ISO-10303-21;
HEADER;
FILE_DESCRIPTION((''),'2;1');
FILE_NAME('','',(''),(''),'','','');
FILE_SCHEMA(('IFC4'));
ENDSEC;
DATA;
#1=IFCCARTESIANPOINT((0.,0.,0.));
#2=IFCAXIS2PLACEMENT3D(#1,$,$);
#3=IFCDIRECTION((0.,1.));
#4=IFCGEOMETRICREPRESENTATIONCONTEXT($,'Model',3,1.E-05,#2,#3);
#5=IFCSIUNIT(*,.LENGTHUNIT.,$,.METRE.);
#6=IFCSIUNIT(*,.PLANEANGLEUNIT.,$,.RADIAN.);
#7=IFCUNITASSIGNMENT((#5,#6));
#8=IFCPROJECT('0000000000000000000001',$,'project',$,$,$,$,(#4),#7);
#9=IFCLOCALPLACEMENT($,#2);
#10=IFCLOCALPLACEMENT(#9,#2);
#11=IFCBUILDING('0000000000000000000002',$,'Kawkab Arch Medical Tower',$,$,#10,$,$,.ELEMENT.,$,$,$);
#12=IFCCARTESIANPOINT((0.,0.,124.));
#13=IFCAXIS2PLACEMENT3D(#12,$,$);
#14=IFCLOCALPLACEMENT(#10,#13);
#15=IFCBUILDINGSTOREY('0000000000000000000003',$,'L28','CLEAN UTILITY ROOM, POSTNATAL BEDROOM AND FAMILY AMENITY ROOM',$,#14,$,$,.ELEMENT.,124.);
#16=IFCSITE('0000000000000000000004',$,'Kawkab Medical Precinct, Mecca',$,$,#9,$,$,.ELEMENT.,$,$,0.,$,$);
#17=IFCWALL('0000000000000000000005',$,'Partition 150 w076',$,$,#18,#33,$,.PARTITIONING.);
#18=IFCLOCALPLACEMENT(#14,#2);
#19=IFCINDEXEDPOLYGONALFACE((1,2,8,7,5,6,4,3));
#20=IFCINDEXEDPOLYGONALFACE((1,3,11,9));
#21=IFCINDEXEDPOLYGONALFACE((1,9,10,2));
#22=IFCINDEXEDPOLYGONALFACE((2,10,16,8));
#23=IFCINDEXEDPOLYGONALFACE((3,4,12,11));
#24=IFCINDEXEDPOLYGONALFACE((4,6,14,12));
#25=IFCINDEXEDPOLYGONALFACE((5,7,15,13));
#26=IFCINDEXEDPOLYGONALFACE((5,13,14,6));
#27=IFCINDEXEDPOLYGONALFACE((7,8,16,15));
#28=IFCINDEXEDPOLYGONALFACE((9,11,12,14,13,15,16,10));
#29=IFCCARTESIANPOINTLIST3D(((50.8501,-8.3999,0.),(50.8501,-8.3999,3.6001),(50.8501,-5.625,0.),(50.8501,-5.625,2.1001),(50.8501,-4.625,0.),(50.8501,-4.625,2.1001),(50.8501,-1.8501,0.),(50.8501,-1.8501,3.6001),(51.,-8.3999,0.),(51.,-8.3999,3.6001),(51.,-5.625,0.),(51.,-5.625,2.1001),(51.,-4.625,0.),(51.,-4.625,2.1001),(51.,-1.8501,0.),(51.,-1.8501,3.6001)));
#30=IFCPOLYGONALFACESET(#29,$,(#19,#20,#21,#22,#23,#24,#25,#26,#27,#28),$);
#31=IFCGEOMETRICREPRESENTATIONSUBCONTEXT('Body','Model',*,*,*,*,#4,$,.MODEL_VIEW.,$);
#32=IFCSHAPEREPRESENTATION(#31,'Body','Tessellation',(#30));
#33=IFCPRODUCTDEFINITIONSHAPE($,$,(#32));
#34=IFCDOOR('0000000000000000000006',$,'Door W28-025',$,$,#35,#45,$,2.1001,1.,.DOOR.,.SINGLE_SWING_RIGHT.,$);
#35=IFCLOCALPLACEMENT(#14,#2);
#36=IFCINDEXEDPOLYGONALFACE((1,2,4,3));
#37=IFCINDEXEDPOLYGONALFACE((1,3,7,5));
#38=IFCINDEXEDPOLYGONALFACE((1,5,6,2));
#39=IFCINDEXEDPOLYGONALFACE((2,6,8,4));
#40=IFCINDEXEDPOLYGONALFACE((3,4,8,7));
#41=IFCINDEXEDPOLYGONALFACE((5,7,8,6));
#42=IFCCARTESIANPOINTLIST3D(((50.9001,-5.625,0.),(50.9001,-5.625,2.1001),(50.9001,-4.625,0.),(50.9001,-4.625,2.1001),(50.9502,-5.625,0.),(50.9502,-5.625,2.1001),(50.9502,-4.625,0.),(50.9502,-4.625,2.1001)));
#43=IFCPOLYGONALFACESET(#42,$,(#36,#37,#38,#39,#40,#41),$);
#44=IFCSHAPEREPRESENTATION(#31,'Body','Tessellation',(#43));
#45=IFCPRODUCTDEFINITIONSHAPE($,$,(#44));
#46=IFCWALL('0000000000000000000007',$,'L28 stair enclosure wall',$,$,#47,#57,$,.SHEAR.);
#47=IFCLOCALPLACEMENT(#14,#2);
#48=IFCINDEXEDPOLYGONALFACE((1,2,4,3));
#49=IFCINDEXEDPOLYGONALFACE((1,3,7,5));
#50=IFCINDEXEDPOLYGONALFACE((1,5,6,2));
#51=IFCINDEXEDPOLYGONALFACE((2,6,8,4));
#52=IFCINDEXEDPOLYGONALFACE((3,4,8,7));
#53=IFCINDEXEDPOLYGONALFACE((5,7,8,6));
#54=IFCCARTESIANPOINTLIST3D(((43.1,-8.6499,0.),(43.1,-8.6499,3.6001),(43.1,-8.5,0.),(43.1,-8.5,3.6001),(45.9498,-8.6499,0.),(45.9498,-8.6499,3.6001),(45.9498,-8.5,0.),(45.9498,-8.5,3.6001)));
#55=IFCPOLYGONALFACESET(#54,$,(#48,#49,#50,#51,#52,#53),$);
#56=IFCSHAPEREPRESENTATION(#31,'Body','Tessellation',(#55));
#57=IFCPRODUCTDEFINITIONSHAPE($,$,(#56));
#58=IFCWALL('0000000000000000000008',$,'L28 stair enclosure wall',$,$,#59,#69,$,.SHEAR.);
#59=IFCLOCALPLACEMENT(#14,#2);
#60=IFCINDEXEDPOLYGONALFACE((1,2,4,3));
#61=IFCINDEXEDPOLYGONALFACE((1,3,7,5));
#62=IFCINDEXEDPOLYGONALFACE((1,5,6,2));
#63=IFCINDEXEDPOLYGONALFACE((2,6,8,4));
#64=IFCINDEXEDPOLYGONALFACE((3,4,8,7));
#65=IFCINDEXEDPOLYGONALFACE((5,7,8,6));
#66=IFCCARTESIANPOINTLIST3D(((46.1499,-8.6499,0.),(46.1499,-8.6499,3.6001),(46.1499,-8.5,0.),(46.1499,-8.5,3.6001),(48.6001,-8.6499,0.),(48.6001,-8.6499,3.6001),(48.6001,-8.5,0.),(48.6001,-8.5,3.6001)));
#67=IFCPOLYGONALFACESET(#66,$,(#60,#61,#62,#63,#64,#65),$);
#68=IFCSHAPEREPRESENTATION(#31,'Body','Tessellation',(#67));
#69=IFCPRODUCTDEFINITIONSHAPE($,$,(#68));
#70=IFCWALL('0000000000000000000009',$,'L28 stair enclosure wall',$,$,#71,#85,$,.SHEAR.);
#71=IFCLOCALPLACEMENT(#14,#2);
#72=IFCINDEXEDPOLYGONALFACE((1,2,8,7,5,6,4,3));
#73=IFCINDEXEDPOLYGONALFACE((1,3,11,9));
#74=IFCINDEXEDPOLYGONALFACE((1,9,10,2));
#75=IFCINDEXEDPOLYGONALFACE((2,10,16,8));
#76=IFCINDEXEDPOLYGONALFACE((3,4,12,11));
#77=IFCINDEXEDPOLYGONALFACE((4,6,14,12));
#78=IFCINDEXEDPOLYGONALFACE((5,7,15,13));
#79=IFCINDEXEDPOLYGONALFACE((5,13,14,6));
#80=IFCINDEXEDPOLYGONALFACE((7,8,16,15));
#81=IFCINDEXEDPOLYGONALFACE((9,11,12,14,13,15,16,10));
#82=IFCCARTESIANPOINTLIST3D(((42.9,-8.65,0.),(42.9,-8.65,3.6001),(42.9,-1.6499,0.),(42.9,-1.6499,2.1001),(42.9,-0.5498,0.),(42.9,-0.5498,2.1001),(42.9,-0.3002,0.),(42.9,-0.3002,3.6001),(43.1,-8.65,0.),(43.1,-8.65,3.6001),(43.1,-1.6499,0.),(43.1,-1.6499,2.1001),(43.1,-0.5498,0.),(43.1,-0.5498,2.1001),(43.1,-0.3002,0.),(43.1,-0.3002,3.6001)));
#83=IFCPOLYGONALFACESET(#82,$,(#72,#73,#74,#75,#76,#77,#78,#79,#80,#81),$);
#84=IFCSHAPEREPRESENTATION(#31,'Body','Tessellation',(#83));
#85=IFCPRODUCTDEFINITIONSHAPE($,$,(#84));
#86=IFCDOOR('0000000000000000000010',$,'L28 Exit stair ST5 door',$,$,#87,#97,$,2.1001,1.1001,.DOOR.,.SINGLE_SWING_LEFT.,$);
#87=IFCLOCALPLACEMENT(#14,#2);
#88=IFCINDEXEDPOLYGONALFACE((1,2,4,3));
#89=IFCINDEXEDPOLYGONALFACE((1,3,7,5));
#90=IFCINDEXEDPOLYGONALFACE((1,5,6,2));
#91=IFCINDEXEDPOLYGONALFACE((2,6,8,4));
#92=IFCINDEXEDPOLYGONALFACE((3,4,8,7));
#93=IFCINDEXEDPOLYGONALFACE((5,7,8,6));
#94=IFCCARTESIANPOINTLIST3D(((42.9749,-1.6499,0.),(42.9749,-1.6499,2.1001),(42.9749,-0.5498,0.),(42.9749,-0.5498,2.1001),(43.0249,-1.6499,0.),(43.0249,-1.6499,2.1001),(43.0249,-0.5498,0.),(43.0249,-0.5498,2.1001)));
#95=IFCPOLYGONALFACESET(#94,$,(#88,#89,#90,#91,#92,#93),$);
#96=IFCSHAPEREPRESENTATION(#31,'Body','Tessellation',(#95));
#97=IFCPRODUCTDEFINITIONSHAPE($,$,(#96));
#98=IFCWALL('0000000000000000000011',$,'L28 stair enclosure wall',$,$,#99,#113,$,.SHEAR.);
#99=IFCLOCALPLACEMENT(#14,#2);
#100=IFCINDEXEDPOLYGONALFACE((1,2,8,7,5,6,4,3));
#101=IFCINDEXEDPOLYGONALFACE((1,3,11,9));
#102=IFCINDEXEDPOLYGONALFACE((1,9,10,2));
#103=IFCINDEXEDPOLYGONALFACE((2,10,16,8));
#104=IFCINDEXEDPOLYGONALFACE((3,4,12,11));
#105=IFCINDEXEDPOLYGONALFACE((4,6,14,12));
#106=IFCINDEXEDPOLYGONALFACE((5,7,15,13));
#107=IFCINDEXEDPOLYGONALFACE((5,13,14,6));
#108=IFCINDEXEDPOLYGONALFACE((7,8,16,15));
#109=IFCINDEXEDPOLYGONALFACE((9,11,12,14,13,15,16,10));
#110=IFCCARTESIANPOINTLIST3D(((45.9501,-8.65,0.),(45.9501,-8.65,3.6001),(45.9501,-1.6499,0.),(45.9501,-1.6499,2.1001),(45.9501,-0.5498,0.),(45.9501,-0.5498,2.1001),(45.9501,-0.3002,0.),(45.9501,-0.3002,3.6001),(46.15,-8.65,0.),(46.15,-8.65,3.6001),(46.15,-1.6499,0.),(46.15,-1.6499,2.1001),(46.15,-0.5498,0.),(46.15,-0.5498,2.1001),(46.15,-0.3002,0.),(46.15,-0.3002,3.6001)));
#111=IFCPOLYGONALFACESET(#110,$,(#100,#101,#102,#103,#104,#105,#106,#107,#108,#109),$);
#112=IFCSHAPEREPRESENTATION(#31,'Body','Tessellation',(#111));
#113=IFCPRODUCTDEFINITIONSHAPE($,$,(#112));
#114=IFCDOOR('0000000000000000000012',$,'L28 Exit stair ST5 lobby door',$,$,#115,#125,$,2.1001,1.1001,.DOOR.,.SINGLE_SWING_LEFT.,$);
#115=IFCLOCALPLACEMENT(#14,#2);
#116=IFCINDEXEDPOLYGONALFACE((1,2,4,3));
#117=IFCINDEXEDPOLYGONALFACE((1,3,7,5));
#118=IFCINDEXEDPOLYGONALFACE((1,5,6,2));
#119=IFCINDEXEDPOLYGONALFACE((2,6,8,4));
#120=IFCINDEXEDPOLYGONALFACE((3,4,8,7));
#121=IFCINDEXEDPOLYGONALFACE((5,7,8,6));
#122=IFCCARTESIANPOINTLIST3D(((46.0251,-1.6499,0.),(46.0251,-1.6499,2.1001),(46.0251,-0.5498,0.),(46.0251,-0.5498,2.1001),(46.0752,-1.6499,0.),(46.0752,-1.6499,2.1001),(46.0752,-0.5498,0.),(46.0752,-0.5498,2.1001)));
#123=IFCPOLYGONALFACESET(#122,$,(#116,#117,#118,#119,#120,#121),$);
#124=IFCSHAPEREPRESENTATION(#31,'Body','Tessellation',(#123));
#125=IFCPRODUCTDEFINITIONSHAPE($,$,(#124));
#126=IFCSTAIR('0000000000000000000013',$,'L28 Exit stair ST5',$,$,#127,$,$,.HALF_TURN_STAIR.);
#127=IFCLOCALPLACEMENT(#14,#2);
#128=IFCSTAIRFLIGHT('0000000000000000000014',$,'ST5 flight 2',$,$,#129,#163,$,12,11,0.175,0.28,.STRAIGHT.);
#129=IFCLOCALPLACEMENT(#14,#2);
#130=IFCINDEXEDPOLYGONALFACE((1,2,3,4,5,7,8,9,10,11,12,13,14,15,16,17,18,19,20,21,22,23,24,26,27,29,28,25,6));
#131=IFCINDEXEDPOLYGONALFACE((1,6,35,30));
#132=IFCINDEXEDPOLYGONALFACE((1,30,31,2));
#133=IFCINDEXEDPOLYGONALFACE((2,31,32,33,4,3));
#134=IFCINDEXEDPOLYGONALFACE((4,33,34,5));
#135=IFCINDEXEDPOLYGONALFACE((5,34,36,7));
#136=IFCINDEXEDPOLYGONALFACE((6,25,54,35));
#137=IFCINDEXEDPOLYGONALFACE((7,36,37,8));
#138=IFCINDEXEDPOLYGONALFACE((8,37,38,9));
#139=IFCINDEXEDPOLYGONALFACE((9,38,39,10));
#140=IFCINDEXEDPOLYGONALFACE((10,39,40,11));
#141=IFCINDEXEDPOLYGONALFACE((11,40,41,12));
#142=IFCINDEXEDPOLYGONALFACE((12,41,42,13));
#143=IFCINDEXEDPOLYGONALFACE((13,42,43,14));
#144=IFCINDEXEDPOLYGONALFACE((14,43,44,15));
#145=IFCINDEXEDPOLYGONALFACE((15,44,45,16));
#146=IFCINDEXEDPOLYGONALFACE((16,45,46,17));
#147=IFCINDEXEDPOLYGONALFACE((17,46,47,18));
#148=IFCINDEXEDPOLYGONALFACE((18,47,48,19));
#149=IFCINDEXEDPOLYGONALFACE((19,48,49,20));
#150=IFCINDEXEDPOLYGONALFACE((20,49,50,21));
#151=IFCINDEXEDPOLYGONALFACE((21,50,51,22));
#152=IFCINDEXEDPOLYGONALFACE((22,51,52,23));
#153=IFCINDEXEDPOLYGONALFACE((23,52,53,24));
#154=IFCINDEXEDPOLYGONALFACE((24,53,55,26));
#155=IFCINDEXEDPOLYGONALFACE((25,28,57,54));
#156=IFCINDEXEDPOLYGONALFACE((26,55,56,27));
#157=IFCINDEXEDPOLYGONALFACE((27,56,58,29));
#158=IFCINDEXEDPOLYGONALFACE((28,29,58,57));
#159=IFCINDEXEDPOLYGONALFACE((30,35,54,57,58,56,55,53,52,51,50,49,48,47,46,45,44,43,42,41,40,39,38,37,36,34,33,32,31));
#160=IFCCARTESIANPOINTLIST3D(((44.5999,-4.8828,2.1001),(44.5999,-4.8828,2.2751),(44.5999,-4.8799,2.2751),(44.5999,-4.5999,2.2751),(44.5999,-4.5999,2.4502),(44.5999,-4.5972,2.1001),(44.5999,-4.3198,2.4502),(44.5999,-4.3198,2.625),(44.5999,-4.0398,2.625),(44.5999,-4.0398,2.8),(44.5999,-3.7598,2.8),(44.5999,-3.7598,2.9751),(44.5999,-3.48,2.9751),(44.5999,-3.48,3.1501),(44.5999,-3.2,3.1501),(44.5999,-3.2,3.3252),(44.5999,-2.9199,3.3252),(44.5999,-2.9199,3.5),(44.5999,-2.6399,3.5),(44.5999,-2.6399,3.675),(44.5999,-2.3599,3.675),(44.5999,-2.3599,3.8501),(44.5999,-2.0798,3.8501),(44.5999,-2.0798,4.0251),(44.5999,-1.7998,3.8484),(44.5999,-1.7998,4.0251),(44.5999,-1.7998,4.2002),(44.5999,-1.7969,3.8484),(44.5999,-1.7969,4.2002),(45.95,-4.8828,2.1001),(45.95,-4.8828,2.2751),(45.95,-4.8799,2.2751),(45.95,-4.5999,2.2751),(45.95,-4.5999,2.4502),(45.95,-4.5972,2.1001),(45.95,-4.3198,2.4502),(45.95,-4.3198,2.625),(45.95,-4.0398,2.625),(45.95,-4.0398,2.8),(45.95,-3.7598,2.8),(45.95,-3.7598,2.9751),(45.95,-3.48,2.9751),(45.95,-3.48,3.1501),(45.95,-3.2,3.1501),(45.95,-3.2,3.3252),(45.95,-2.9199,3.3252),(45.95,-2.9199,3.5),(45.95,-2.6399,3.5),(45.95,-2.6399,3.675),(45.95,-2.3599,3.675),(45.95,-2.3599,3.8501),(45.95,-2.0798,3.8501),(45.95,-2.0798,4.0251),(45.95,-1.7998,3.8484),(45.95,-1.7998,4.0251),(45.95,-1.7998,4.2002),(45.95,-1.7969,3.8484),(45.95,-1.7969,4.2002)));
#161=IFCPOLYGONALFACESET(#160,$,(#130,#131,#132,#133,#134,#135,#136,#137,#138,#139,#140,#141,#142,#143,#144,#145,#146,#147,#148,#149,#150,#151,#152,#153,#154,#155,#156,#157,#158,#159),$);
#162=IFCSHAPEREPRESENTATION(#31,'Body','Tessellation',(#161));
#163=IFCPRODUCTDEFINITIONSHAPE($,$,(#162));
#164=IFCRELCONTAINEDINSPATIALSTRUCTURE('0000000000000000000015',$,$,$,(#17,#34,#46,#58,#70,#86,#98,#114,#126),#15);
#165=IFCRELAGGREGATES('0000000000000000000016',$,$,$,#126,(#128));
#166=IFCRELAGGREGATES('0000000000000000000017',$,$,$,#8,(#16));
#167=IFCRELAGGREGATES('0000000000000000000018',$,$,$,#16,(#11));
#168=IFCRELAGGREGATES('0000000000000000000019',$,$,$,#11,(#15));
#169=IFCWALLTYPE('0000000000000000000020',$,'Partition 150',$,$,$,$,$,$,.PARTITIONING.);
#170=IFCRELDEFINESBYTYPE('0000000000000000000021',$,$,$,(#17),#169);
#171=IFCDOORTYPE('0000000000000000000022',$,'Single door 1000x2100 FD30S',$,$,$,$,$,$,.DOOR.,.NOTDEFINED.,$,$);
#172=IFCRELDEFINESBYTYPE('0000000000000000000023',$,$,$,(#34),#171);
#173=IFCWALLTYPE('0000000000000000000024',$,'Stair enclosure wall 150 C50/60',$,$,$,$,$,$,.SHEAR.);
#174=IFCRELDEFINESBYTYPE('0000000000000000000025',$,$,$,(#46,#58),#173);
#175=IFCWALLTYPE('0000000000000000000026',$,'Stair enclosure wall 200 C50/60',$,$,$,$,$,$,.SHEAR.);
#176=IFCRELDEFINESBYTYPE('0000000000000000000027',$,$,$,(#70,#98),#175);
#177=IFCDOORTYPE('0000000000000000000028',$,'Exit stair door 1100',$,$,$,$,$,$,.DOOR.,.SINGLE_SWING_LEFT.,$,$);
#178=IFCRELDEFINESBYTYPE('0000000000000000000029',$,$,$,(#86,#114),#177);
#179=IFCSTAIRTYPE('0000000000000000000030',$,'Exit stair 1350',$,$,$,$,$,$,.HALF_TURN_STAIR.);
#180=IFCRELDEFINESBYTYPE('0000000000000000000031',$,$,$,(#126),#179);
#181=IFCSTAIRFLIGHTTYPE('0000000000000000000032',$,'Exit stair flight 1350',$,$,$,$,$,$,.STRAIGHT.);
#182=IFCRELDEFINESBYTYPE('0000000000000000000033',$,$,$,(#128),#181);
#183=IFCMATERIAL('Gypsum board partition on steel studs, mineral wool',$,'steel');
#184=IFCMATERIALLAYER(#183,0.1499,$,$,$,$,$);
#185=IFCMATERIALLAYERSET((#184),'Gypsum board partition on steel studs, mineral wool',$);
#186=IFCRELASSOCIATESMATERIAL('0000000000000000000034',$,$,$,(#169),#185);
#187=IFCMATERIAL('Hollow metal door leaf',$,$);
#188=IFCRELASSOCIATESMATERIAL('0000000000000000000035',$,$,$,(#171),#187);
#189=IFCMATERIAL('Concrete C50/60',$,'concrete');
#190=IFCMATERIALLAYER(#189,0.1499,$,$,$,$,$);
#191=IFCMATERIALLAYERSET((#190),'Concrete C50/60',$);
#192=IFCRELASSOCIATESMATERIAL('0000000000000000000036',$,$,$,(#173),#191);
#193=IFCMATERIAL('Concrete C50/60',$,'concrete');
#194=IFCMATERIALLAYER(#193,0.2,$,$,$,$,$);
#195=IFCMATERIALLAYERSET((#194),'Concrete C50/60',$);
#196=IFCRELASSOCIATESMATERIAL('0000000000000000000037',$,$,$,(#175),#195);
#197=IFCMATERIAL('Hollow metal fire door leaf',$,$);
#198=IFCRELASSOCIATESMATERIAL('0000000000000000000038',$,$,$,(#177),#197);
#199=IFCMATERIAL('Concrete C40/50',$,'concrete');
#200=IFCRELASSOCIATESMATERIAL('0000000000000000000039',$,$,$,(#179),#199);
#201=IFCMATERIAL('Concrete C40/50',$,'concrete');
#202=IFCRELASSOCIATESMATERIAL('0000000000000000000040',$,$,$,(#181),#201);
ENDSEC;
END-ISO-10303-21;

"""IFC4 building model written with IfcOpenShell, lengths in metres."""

from ifc_helpers import new_model, si_unit, direction, frame, frame_2d, origin, place, context, subcontext, project, spatial, polyline, rectangle, outline, extrude, material, layer, layer_set, type_object, element, fill, aggregate, save


model = new_model("IFC4")

# Units and contexts
model_context = context("Model", 3, precision=1e-05, world=origin(), true_north=direction((0.0, 1.0)))
body_context = subcontext(model_context, "Body", "Model", "MODEL_VIEW")
ifc_project = project(units=[si_unit("LENGTHUNIT", "METRE"), si_unit("PLANEANGLEUNIT", "RADIAN")], contexts=[model_context])

# Site, building, storey
site_placement = place(None, origin())
site = spatial("IfcSite", under=ifc_project, at=site_placement, Name="Kawkab Medical Precinct, Mecca", CompositionType="ELEMENT", RefElevation=0.0)
building_placement = place(site_placement, origin())
building = spatial("IfcBuilding", under=site, at=building_placement, Name="Kawkab Arch Medical Tower", CompositionType="ELEMENT")
storey_placement = place(building_placement, frame((0.0, 0.0, 124.0)))
storey = spatial("IfcBuildingStorey", under=building, at=storey_placement, Name="L28", Description="CLEAN UTILITY ROOM, POSTNATAL BEDROOM AND FAMILY AMENITY ROOM", CompositionType="ELEMENT", Elevation=124.0)

# Shared definitions
ifc_material_1 = material(Name="Gypsum board partition on steel studs, mineral wool", Category="steel")
ifc_layer_1 = layer(ifc_material_1, 0.1499)
ifc_layer_set_1 = layer_set([ifc_layer_1], Name="Gypsum board partition on steel studs, mineral wool")
wall_type_1 = type_object("IfcWallType", Name="Partition 150", PredefinedType="PARTITIONING", material=ifc_layer_set_1)
ifc_material_2 = material(Name="Hollow metal door leaf")
door_type_1 = type_object("IfcDoorType", Name="Single door 1000x2100 FD30S", OperationType="NOTDEFINED", PredefinedType="DOOR", material=ifc_material_2)

# Wall, opening, door
wall_1_placement = place(storey_placement, frame((50.925, -8.3999, 0.0), z_axis=(0.0, 0.0, 1.0), x_axis=(0.0, 1.0, 0.0)))
wall_1 = element("IfcWall", 1, at=wall_1_placement, inside=storey, type_object=wall_type_1, Name="Partition 150 w076", PredefinedType="PARTITIONING", context=body_context, shape_type="SweptSolid", body=[
    extrude(rectangle(XDim=6.5498, YDim=0.1499, at=frame_2d((3.2749, 0.0))), origin(), (0.0, 0.0, 1.0), 3.6001),
])
opening_1_placement = place(wall_1_placement, frame((2.7749, 0.0, 0.0)))
opening_1 = element("IfcOpeningElement", 2, at=opening_1_placement, cuts=wall_1, PredefinedType="OPENING", context=body_context, shape_type="SweptSolid", body=[
    extrude(rectangle(XDim=1.0, YDim=2.1001, at=frame_2d((0.5, 1.05))), frame((0.0, 0.085, 0.0), z_axis=(0.0, -1.0, 0.0), x_axis=(1.0, 0.0, 0.0)), (0.0, 0.0, 1.0), 0.1699),
])
door_1_placement = place(opening_1_placement, origin())
door_1 = element("IfcDoor", 3, at=door_1_placement, inside=storey, type_object=door_type_1, Name="Door W28-025", OperationType="SINGLE_SWING_RIGHT", OverallHeight=2.1001, OverallWidth=1.0, PredefinedType="DOOR", context=body_context, shape_type="SweptSolid", body=[
    extrude(rectangle(XDim=1.0, YDim=2.1001, at=frame_2d((0.5, 1.05))), frame((0.0, 0.0249, 0.0), z_axis=(0.0, -1.0, 0.0), x_axis=(1.0, 0.0, 0.0)), (0.0, 0.0, 1.0), 0.05),
])
fill(opening_1, door_1)

# Walls
ifc_material_3 = material(Name="Concrete C50/60", Category="concrete")
ifc_layer_2 = layer(ifc_material_3, 0.1499)
ifc_layer_set_2 = layer_set([ifc_layer_2], Name="Concrete C50/60")
wall_type_2 = type_object("IfcWallType", Name="Stair enclosure wall 150 C50/60", PredefinedType="SHEAR", material=ifc_layer_set_2)
wall_2_placement = place(storey_placement, frame((43.1001, -8.575, 0.0), z_axis=(0.0, 0.0, 1.0), x_axis=(1.0, 0.0, 0.0)))
element("IfcWall", 4, at=wall_2_placement, inside=storey, type_object=wall_type_2, Name="L28 stair enclosure wall", PredefinedType="SHEAR", context=body_context, shape_type="SweptSolid", body=[
    extrude(rectangle(XDim=2.8499, YDim=0.1499, at=frame_2d((1.4248, 0.0))), origin(), (0.0, 0.0, 1.0), 3.6001),
])
wall_3_placement = place(storey_placement, frame((46.1499, -8.575, 0.0), z_axis=(0.0, 0.0, 1.0), x_axis=(1.0, 0.0, 0.0)))
element("IfcWall", 5, at=wall_3_placement, inside=storey, type_object=wall_type_2, Name="L28 stair enclosure wall", PredefinedType="SHEAR", context=body_context, shape_type="SweptSolid", body=[
    extrude(rectangle(XDim=2.4502, YDim=0.1499, at=frame_2d((1.2251, 0.0))), origin(), (0.0, 0.0, 1.0), 3.6001),
])

# Walls, openings, doors
ifc_material_4 = material(Name="Concrete C50/60", Category="concrete")
ifc_layer_3 = layer(ifc_material_4, 0.2)
ifc_layer_set_3 = layer_set([ifc_layer_3], Name="Concrete C50/60")
wall_type_3 = type_object("IfcWallType", Name="Stair enclosure wall 200 C50/60", PredefinedType="SHEAR", material=ifc_layer_set_3)
wall_4_placement = place(storey_placement, frame((43.0, -8.6499, 0.0), z_axis=(0.0, 0.0, 1.0), x_axis=(0.0, 1.0, 0.0)))
wall_4 = element("IfcWall", 6, at=wall_4_placement, inside=storey, type_object=wall_type_3, Name="L28 stair enclosure wall", PredefinedType="SHEAR", context=body_context, shape_type="SweptSolid", body=[
    extrude(rectangle(XDim=8.3499, YDim=0.2, at=frame_2d((4.1748, 0.0))), origin(), (0.0, 0.0, 1.0), 3.6001),
])
opening_2_placement = place(wall_4_placement, frame((7.0, 0.0, 0.0)))
opening_2 = element("IfcOpeningElement", 7, at=opening_2_placement, cuts=wall_4, PredefinedType="OPENING", context=body_context, shape_type="SweptSolid", body=[
    extrude(rectangle(XDim=1.1001, YDim=2.1001, at=frame_2d((0.55, 1.05))), frame((0.0, 0.1099, 0.0), z_axis=(0.0, -1.0, 0.0), x_axis=(1.0, 0.0, 0.0)), (0.0, 0.0, 1.0), 0.22),
])
ifc_material_5 = material(Name="Hollow metal fire door leaf")
door_type_2 = type_object("IfcDoorType", Name="Exit stair door 1100", OperationType="SINGLE_SWING_LEFT", PredefinedType="DOOR", material=ifc_material_5)
door_2_placement = place(opening_2_placement, frame((1.1001, 0.0, 0.0), z_axis=(0.0, 0.0, 1.0), x_axis=(-1.0, 0.0, 0.0)))
door_2 = element("IfcDoor", 8, at=door_2_placement, inside=storey, type_object=door_type_2, Name="L28 Exit stair ST5 door", OperationType="SINGLE_SWING_LEFT", OverallHeight=2.1001, OverallWidth=1.1001, PredefinedType="DOOR", context=body_context, shape_type="SweptSolid", body=[
    extrude(rectangle(XDim=1.1001, YDim=2.1001, at=frame_2d((0.55, 1.05))), frame((0.0, 0.0249, 0.0), z_axis=(0.0, -1.0, 0.0), x_axis=(1.0, 0.0, 0.0)), (0.0, 0.0, 1.0), 0.05),
])
fill(opening_2, door_2)
wall_5_placement = place(storey_placement, frame((46.05, -8.6499, 0.0), z_axis=(0.0, 0.0, 1.0), x_axis=(0.0, 1.0, 0.0)))
wall_5 = element("IfcWall", 9, at=wall_5_placement, inside=storey, type_object=wall_type_3, Name="L28 stair enclosure wall", PredefinedType="SHEAR", context=body_context, shape_type="SweptSolid", body=[
    extrude(rectangle(XDim=8.3499, YDim=0.2, at=frame_2d((4.1748, 0.0))), origin(), (0.0, 0.0, 1.0), 3.6001),
])
opening_3_placement = place(wall_5_placement, frame((7.0, 0.0, 0.0)))
opening_3 = element("IfcOpeningElement", 10, at=opening_3_placement, cuts=wall_5, PredefinedType="OPENING", context=body_context, shape_type="SweptSolid", body=[
    extrude(rectangle(XDim=1.1001, YDim=2.1001, at=frame_2d((0.55, 1.05))), frame((0.0, 0.1099, 0.0), z_axis=(0.0, -1.0, 0.0), x_axis=(1.0, 0.0, 0.0)), (0.0, 0.0, 1.0), 0.22),
])
door_3_placement = place(opening_3_placement, origin())
door_3 = element("IfcDoor", 11, at=door_3_placement, inside=storey, type_object=door_type_2, Name="L28 Exit stair ST5 lobby door", OperationType="SINGLE_SWING_LEFT", OverallHeight=2.1001, OverallWidth=1.1001, PredefinedType="DOOR", context=body_context, shape_type="SweptSolid", body=[
    extrude(rectangle(XDim=1.1001, YDim=2.1001, at=frame_2d((0.55, 1.05))), frame((0.0, 0.0249, 0.0), z_axis=(0.0, -1.0, 0.0), x_axis=(1.0, 0.0, 0.0)), (0.0, 0.0, 1.0), 0.05),
])
fill(opening_3, door_3)

# Stair, stair flight
ifc_material_6 = material(Name="Concrete C40/50", Category="concrete")
stair_type = type_object("IfcStairType", Name="Exit stair 1350", PredefinedType="HALF_TURN_STAIR", material=ifc_material_6)
stair_placement = place(storey_placement, origin())
stair = element("IfcStair", 12, at=stair_placement, inside=storey, type_object=stair_type, Name="L28 Exit stair ST5", PredefinedType="HALF_TURN_STAIR")
ifc_material_7 = material(Name="Concrete C40/50", Category="concrete")
stair_flight_type = type_object("IfcStairFlightType", Name="Exit stair flight 1350", PredefinedType="STRAIGHT", material=ifc_material_7)
stair_flight_placement = place(storey_placement, frame((45.2749, -4.8799, 2.1001), z_axis=(0.0, 0.0, 1.0), x_axis=(0.0, 1.0, 0.0)))
stair_flight = element("IfcStairFlight", 13, at=stair_flight_placement, type_object=stair_flight_type, Name="ST5 flight 2", NumberOfRisers=12, NumberOfTreads=11, PredefinedType="STRAIGHT", RiserHeight=0.175, TreadLength=0.28, context=body_context, shape_type="SweptSolid", body=[
    extrude(outline(polyline([(-0.0029, 0.0), (-0.0029, 0.175), (0.0, 0.175), (0.28, 0.175), (0.28, 0.3501), (0.5601, 0.3501), (0.5601, 0.5249), (0.8401, 0.5249), (0.8401, 0.7), (1.1201, 0.7), (1.1201, 0.875), (1.3999, 0.875), (1.3999, 1.05), (1.6799, 1.05), (1.6799, 1.2251), (1.96, 1.2251), (1.96, 1.3999), (2.24, 1.3999), (2.24, 1.575), (2.52, 1.575), (2.52, 1.75), (2.8, 1.75), (2.8, 1.925), (3.0801, 1.925), (3.0801, 2.1001), (3.083, 2.1001), (3.083, 1.7483), (3.0801, 1.7483), (0.2827, 0.0), (-0.0029, 0.0)])), frame((0.0, 0.675, 0.0), z_axis=(0.0, -1.0, 0.0), x_axis=(1.0, 0.0, 0.0)), (0.0, 0.0, 1.0), 1.3501),
])
aggregate(stair, [stair_flight])

save(model, "model.ifc")
